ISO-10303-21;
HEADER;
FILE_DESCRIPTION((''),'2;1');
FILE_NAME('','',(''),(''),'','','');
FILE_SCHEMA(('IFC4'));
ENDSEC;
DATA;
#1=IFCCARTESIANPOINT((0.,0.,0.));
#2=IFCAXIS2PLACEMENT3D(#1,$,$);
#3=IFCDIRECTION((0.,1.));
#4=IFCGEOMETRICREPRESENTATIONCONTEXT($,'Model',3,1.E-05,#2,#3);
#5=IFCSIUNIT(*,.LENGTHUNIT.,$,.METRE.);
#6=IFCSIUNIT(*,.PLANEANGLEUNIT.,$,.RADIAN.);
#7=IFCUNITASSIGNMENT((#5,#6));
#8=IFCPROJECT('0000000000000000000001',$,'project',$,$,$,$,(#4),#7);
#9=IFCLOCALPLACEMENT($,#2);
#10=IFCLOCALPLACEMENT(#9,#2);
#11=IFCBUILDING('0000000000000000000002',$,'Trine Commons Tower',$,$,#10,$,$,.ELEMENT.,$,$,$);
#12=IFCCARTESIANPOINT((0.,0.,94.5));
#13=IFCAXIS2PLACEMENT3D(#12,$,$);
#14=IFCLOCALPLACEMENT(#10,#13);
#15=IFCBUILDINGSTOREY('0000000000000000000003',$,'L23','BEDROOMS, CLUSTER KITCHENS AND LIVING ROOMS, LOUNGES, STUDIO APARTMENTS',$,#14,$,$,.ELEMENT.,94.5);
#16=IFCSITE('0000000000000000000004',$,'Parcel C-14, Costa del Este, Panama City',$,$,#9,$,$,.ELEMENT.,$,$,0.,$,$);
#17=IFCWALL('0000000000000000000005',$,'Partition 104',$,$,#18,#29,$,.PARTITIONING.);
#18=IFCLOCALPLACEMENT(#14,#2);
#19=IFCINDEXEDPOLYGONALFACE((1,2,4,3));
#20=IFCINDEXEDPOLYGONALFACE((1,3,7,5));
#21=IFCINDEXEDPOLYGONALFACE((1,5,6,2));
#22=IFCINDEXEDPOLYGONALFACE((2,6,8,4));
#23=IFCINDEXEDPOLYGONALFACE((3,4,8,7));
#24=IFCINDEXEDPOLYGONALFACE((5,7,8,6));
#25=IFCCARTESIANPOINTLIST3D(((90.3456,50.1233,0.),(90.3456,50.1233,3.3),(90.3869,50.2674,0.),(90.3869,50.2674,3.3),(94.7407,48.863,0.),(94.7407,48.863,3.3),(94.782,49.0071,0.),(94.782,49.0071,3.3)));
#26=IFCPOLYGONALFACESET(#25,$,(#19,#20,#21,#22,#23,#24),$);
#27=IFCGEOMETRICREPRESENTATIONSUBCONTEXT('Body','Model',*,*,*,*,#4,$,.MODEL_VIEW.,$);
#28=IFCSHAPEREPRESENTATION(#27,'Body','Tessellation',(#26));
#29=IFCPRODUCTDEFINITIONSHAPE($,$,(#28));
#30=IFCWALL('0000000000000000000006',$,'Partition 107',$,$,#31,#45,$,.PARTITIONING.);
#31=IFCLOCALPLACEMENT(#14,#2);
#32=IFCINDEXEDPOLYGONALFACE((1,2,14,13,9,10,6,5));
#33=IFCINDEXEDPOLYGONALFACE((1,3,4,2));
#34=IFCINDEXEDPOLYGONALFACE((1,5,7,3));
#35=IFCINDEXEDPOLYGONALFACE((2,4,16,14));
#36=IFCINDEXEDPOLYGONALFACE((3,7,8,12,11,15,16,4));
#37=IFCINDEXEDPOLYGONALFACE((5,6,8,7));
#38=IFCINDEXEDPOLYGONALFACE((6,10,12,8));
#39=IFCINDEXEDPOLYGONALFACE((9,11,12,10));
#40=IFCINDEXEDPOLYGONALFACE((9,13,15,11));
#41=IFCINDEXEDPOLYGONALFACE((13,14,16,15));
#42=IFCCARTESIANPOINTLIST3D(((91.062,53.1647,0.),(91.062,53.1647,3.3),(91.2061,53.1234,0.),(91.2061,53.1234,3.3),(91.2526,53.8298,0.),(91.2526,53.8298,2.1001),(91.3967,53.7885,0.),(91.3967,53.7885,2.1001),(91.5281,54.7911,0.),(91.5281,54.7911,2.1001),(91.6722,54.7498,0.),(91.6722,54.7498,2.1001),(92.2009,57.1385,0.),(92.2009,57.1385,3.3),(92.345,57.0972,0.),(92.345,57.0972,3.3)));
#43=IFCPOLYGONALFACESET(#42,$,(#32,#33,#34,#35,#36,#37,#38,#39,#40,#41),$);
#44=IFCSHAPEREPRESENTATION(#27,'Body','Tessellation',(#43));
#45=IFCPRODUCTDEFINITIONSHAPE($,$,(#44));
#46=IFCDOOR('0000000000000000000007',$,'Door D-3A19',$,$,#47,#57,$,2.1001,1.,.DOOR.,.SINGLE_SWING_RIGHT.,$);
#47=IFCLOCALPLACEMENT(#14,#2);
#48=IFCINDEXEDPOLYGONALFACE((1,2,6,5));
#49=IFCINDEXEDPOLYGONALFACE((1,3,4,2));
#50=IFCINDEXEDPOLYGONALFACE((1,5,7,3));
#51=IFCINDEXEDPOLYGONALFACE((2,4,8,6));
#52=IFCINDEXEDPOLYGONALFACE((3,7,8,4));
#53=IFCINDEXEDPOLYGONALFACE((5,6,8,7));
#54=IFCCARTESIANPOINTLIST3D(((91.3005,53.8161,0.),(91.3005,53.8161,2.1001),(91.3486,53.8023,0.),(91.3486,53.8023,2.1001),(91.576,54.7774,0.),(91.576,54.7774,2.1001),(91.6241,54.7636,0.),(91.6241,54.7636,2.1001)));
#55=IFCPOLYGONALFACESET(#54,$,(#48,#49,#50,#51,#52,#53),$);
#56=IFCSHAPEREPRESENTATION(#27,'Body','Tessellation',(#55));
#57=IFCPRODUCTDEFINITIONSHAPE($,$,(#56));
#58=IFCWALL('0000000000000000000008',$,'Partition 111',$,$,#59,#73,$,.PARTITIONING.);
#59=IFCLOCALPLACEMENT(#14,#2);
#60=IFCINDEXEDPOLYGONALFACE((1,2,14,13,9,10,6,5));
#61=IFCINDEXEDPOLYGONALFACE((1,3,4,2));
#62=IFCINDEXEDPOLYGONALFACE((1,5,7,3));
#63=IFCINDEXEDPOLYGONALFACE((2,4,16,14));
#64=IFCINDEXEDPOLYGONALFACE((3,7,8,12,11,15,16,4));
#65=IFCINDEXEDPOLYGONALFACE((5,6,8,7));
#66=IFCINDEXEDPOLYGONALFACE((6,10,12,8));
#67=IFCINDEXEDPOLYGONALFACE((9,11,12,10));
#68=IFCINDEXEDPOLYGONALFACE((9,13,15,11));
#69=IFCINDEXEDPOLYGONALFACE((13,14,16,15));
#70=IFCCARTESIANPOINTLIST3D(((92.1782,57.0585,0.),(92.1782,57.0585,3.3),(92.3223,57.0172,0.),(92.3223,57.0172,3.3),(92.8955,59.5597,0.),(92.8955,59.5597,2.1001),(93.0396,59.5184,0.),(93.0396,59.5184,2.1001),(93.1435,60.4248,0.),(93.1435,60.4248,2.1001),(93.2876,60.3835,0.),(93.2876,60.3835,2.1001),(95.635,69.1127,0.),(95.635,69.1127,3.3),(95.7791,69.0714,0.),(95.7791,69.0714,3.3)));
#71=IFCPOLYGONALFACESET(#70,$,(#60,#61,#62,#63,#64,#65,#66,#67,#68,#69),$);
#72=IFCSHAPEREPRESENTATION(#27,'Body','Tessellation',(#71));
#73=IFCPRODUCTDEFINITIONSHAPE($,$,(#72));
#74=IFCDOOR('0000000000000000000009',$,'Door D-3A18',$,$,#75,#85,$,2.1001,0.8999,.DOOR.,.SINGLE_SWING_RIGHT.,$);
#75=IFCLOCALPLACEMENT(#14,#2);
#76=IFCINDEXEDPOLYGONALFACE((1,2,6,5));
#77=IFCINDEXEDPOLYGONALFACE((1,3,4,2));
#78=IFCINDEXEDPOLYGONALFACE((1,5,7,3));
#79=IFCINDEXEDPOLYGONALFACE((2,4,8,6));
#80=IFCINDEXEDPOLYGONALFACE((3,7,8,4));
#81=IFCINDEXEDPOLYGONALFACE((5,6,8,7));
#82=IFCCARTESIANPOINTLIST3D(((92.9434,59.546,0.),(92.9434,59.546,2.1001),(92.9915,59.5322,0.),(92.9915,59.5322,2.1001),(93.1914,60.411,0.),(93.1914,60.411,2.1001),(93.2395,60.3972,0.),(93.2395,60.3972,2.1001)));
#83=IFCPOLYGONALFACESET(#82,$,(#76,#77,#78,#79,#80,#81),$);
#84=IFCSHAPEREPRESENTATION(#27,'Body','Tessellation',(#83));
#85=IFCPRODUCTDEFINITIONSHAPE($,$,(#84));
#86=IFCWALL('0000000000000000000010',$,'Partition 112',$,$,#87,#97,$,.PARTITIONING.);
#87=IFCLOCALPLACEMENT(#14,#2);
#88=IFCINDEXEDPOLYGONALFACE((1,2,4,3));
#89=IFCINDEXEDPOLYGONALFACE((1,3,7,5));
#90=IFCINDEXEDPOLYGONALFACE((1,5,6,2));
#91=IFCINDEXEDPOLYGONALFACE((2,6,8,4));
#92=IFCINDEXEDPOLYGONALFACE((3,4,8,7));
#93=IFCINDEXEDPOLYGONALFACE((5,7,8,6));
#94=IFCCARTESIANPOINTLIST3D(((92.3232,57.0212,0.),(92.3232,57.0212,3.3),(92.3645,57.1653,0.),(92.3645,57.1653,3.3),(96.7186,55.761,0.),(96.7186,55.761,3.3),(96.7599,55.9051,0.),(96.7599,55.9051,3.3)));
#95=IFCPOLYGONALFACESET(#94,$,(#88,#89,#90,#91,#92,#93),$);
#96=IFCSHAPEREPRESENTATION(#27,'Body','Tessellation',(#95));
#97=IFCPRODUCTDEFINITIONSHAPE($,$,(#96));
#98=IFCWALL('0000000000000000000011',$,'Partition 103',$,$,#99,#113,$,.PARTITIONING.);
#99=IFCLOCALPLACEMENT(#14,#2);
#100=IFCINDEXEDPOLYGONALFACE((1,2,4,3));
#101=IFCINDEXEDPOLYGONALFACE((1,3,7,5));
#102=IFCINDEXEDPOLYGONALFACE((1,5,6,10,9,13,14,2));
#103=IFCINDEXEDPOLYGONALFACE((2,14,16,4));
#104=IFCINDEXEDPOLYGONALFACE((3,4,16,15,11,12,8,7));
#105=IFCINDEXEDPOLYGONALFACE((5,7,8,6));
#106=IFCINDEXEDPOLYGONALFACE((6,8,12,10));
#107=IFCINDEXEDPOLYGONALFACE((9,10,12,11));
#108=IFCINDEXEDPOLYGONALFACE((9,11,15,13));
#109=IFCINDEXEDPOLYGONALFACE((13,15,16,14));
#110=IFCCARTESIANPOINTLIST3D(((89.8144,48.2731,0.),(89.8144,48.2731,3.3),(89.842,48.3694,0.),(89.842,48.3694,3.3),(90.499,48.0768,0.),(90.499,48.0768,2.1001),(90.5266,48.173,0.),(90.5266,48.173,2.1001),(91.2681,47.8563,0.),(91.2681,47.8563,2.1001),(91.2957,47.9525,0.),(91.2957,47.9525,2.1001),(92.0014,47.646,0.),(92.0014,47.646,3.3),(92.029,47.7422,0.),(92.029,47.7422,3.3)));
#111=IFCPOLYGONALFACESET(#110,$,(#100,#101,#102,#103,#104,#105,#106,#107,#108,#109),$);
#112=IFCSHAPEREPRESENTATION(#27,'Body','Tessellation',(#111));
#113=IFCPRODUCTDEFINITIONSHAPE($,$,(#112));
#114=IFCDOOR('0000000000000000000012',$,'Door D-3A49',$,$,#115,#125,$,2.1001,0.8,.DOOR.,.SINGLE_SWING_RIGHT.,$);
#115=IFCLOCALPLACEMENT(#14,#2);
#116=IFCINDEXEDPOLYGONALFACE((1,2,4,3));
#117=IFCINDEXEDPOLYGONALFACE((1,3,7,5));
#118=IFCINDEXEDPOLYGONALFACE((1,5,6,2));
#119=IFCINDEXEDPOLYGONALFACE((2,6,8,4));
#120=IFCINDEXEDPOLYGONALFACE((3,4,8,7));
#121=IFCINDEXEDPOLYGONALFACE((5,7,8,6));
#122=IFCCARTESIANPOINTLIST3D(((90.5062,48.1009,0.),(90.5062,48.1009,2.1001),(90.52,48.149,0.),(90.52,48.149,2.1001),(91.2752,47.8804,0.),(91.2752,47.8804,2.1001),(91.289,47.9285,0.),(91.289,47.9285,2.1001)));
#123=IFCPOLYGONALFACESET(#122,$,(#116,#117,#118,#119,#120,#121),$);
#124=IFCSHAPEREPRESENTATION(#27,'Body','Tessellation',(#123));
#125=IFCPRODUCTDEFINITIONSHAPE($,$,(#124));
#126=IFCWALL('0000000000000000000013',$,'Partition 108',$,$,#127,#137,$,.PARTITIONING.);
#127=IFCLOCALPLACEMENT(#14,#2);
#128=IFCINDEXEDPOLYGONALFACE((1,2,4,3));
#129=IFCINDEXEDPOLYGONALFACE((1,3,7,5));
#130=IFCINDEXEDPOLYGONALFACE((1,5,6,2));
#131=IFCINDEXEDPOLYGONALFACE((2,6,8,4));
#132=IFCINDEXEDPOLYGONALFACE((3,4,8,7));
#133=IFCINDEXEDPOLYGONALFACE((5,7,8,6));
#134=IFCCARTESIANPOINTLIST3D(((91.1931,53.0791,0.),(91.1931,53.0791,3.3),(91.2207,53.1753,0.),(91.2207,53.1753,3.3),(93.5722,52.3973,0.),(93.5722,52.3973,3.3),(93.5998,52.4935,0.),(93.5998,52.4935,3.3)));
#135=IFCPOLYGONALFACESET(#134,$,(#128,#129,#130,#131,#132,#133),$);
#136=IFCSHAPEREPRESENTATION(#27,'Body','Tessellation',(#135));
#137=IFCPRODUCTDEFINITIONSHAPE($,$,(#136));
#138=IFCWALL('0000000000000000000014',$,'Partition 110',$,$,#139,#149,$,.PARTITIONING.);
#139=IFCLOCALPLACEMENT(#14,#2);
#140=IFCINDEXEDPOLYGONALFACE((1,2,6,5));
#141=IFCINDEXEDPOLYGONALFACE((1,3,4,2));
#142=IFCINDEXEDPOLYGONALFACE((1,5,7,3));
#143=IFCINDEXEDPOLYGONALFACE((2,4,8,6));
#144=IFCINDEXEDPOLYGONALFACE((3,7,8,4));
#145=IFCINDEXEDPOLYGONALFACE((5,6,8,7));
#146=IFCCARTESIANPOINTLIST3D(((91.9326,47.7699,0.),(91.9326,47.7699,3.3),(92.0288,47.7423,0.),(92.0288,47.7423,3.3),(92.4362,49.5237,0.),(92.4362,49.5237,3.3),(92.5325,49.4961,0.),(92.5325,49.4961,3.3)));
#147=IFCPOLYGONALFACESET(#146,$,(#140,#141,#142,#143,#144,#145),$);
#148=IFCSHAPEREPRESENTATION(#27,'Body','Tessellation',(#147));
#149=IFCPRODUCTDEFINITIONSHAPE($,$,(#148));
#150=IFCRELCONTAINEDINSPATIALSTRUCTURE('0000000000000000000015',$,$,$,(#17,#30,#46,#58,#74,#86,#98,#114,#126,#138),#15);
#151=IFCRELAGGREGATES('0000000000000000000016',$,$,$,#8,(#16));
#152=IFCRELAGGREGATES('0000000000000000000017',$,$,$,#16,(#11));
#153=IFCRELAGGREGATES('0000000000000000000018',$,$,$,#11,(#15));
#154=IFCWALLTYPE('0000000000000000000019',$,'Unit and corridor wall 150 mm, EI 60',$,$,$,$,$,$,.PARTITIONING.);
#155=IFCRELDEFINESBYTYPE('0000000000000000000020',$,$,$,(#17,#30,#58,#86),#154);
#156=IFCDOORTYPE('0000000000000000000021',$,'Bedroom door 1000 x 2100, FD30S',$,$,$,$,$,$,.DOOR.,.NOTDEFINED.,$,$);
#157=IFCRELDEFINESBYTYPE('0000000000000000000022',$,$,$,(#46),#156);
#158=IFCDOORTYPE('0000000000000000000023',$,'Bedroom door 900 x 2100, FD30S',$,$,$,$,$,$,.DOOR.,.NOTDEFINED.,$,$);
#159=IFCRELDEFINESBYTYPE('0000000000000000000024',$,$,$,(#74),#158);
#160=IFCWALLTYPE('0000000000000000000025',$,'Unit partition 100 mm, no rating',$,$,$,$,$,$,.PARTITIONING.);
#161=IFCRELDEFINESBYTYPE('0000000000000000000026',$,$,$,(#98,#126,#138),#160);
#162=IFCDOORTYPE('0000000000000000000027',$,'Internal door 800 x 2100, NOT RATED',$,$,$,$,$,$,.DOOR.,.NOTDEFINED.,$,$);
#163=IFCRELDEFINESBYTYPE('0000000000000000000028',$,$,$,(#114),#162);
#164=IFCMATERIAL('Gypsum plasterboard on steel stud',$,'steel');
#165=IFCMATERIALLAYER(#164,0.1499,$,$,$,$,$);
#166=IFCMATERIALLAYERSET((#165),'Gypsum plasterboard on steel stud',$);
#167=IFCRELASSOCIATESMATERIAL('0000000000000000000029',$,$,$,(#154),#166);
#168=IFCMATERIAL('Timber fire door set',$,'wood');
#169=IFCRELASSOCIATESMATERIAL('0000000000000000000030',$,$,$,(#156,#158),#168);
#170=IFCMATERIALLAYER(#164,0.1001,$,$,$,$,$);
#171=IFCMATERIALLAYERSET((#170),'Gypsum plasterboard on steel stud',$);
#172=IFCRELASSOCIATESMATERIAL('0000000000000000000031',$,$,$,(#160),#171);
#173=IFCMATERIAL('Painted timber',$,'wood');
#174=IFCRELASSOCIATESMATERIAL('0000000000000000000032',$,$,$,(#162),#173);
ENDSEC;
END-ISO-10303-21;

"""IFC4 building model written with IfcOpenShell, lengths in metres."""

from ifc_helpers import new_model, si_unit, direction, frame, frame_2d, origin, place, context, subcontext, project, spatial, rectangle, extrude, material, layer, layer_set, type_object, element, fill, save


model = new_model("IFC4")

# Units and contexts
model_context = context("Model", 3, precision=1e-05, world=origin(), true_north=direction((0.0, 1.0)))
body_context = subcontext(model_context, "Body", "Model", "MODEL_VIEW")
ifc_project = project(units=[si_unit("LENGTHUNIT", "METRE"), si_unit("PLANEANGLEUNIT", "RADIAN")], contexts=[model_context])

# Site, building, storey
site_placement = place(None, origin())
site = spatial("IfcSite", under=ifc_project, at=site_placement, Name="Parcel C-14, Costa del Este, Panama City", CompositionType="ELEMENT", RefElevation=0.0)
building_placement = place(site_placement, origin())
building = spatial("IfcBuilding", under=site, at=building_placement, Name="Trine Commons Tower", CompositionType="ELEMENT")
storey_placement = place(building_placement, frame((0.0, 0.0, 94.5)))
storey = spatial("IfcBuildingStorey", under=building, at=storey_placement, Name="L23", Description="BEDROOMS, CLUSTER KITCHENS AND LIVING ROOMS, LOUNGES, STUDIO APARTMENTS", CompositionType="ELEMENT", Elevation=94.5)

# Wall
ifc_material_1 = material(Name="Gypsum plasterboard on steel stud", Category="steel")
ifc_layer_1 = layer(ifc_material_1, 0.1499)
ifc_layer_set_1 = layer_set([ifc_layer_1], Name="Gypsum plasterboard on steel stud")
wall_type_1 = type_object("IfcWallType", Name="Unit and corridor wall 150 mm, EI 60", PredefinedType="PARTITIONING", material=ifc_layer_set_1)
wall_1_placement = place(storey_placement, frame((90.3662, 50.1953, 0.0), z_axis=(0.0, 0.0, 1.0), x_axis=(0.961266, -0.275624, 0.0)))
element("IfcWall", 1, at=wall_1_placement, inside=storey, type_object=wall_type_1, Name="Partition 104", PredefinedType="PARTITIONING", context=body_context, shape_type="SweptSolid", body=[
    extrude(rectangle(XDim=4.5723, YDim=0.1499, at=frame_2d((2.2861, 0.0))), origin(), (0.0, 0.0, 1.0), 3.3),
])

# Walls, openings, doors
wall_2_placement = place(storey_placement, frame((91.134, 53.144, 0.0), z_axis=(0.0, 0.0, 1.0), x_axis=(0.275509, 0.961299, 0.0)))
wall_2 = element("IfcWall", 2, at=wall_2_placement, inside=storey, type_object=wall_type_1, Name="Partition 107", PredefinedType="PARTITIONING", context=body_context, shape_type="SweptSolid", body=[
    extrude(rectangle(XDim=4.1338, YDim=0.1499, at=frame_2d((2.0669, 0.0))), origin(), (0.0, 0.0, 1.0), 3.3),
])
opening_1_placement = place(wall_2_placement, frame((0.6919, 0.0, 0.0)))
opening_1 = element("IfcOpeningElement", 3, at=opening_1_placement, cuts=wall_2, PredefinedType="OPENING", context=body_context, shape_type="SweptSolid", body=[
    extrude(rectangle(XDim=1.0, YDim=2.1001, at=frame_2d((0.5, 1.05))), frame((0.0, 0.085, 0.0), z_axis=(0.0, -1.0, 0.0), x_axis=(1.0, 0.0, 0.0)), (0.0, 0.0, 1.0), 0.1699),
])
ifc_material_2 = material(Name="Timber fire door set", Category="wood")
door_type_1 = type_object("IfcDoorType", Name="Bedroom door 1000 x 2100, FD30S", OperationType="NOTDEFINED", PredefinedType="DOOR", material=ifc_material_2)
door_1_placement = place(opening_1_placement, frame((1.0, 0.0, 0.0), z_axis=(0.0, 0.0, 1.0), x_axis=(-1.0, 0.0, 0.0)))
door_1 = element("IfcDoor", 4, at=door_1_placement, inside=storey, type_object=door_type_1, Name="Door D-3A19", OperationType="SINGLE_SWING_RIGHT", OverallHeight=2.1001, OverallWidth=1.0, PredefinedType="DOOR", context=body_context, shape_type="SweptSolid", body=[
    extrude(rectangle(XDim=1.0, YDim=2.1001, at=frame_2d((0.5, 1.05))), frame((0.0, 0.0249, 0.0), z_axis=(0.0, -1.0, 0.0), x_axis=(1.0, 0.0, 0.0)), (0.0, 0.0, 1.0), 0.05),
])
fill(opening_1, door_1)
wall_3_placement = place(storey_placement, frame((92.2502, 57.0378, 0.0), z_axis=(0.0, 0.0, 1.0), x_axis=(0.27566, 0.961255, 0.0)))
wall_3 = element("IfcWall", 5, at=wall_3_placement, inside=storey, type_object=wall_type_1, Name="Partition 111", PredefinedType="PARTITIONING", context=body_context, shape_type="SweptSolid", body=[
    extrude(rectangle(XDim=12.54, YDim=0.1499, at=frame_2d((6.27, 0.0))), origin(), (0.0, 0.0, 1.0), 3.3),
])
opening_2_placement = place(wall_3_placement, frame((2.6021, 0.0, 0.0)))
opening_2 = element("IfcOpeningElement", 6, at=opening_2_placement, cuts=wall_3, PredefinedType="OPENING", context=body_context, shape_type="SweptSolid", body=[
    extrude(rectangle(XDim=0.8999, YDim=2.1001, at=frame_2d((0.45, 1.05))), frame((0.0, 0.085, 0.0), z_axis=(0.0, -1.0, 0.0), x_axis=(1.0, 0.0, 0.0)), (0.0, 0.0, 1.0), 0.1699),
])
door_type_2 = type_object("IfcDoorType", Name="Bedroom door 900 x 2100, FD30S", OperationType="NOTDEFINED", PredefinedType="DOOR", material=ifc_material_2)
door_2_placement = place(opening_2_placement, frame((0.8999, 0.0, 0.0), z_axis=(0.0, 0.0, 1.0), x_axis=(-1.0, 0.0, 0.0)))
door_2 = element("IfcDoor", 7, at=door_2_placement, inside=storey, type_object=door_type_2, Name="Door D-3A18", OperationType="SINGLE_SWING_RIGHT", OverallHeight=2.1001, OverallWidth=0.8999, PredefinedType="DOOR", context=body_context, shape_type="SweptSolid", body=[
    extrude(rectangle(XDim=0.8999, YDim=2.1001, at=frame_2d((0.45, 1.05))), frame((0.0, 0.0249, 0.0), z_axis=(0.0, -1.0, 0.0), x_axis=(1.0, 0.0, 0.0)), (0.0, 0.0, 1.0), 0.05),
])
fill(opening_2, door_2)

# Wall
wall_4_placement = place(storey_placement, frame((92.344, 57.0933, 0.0), z_axis=(0.0, 0.0, 1.0), x_axis=(0.96127, -0.27561, 0.0)))
element("IfcWall", 8, at=wall_4_placement, inside=storey, type_object=wall_type_1, Name="Partition 112", PredefinedType="PARTITIONING", context=body_context, shape_type="SweptSolid", body=[
    extrude(rectangle(XDim=4.5725, YDim=0.1499, at=frame_2d((2.2861, 0.0))), origin(), (0.0, 0.0, 1.0), 3.3),
])

# Wall, opening, door
ifc_layer_2 = layer(ifc_material_1, 0.1001)
ifc_layer_set_2 = layer_set([ifc_layer_2], Name="Gypsum plasterboard on steel stud")
wall_type_2 = type_object("IfcWallType", Name="Unit partition 100 mm, no rating", PredefinedType="PARTITIONING", material=ifc_layer_set_2)
wall_5_placement = place(storey_placement, frame((89.8281, 48.3213, 0.0), z_axis=(0.0, 0.0, 1.0), x_axis=(0.961252, -0.275671, 0.0)))
wall_5 = element("IfcWall", 9, at=wall_5_placement, inside=storey, type_object=wall_type_2, Name="Partition 103", PredefinedType="PARTITIONING", context=body_context, shape_type="SweptSolid", body=[
    extrude(rectangle(XDim=2.2751, YDim=0.1001, at=frame_2d((1.1377, 0.0))), origin(), (0.0, 0.0, 1.0), 3.3),
])
opening_3_placement = place(wall_5_placement, frame((0.7124, 0.0, 0.0)))
opening_3 = element("IfcOpeningElement", 10, at=opening_3_placement, cuts=wall_5, PredefinedType="OPENING", context=body_context, shape_type="SweptSolid", body=[
    extrude(rectangle(XDim=0.8, YDim=2.1001, at=frame_2d((0.3999, 1.05))), frame((0.0, 0.0601, 0.0), z_axis=(0.0, -1.0, 0.0), x_axis=(1.0, 0.0, 0.0)), (0.0, 0.0, 1.0), 0.1201),
])
ifc_material_3 = material(Name="Painted timber", Category="wood")
door_type_3 = type_object("IfcDoorType", Name="Internal door 800 x 2100, NOT RATED", OperationType="NOTDEFINED", PredefinedType="DOOR", material=ifc_material_3)
door_3_placement = place(opening_3_placement, frame((0.8, 0.0, 0.0), z_axis=(0.0, 0.0, 1.0), x_axis=(-1.0, 0.0, 0.0)))
door_3 = element("IfcDoor", 11, at=door_3_placement, inside=storey, type_object=door_type_3, Name="Door D-3A49", OperationType="SINGLE_SWING_RIGHT", OverallHeight=2.1001, OverallWidth=0.8, PredefinedType="DOOR", context=body_context, shape_type="SweptSolid", body=[
    extrude(rectangle(XDim=0.8, YDim=2.1001, at=frame_2d((0.3999, 1.05))), frame((0.0, 0.0249, 0.0), z_axis=(0.0, -1.0, 0.0), x_axis=(1.0, 0.0, 0.0)), (0.0, 0.0, 1.0), 0.05),
])
fill(opening_3, door_3)

# Walls
wall_6_placement = place(storey_placement, frame((91.207, 53.1272, 0.0), z_axis=(0.0, 0.0, 1.0), x_axis=(0.961297, -0.275516, 0.0)))
element("IfcWall", 12, at=wall_6_placement, inside=storey, type_object=wall_type_2, Name="Partition 108", PredefinedType="PARTITIONING", context=body_context, shape_type="SweptSolid", body=[
    extrude(rectangle(XDim=2.4749, YDim=0.1001, at=frame_2d((1.2373, 0.0))), origin(), (0.0, 0.0, 1.0), 3.3),
])
wall_7_placement = place(storey_placement, frame((91.9807, 47.7561, 0.0), z_axis=(0.0, 0.0, 1.0), x_axis=(0.276011, 0.961155, 0.0)))
element("IfcWall", 13, at=wall_7_placement, inside=storey, type_object=wall_type_2, Name="Partition 110", PredefinedType="PARTITIONING", context=body_context, shape_type="SweptSolid", body=[
    extrude(rectangle(XDim=1.8247, YDim=0.1001, at=frame_2d((0.9124, 0.0))), origin(), (0.0, 0.0, 1.0), 3.3),
])

save(model, "model.ifc")
